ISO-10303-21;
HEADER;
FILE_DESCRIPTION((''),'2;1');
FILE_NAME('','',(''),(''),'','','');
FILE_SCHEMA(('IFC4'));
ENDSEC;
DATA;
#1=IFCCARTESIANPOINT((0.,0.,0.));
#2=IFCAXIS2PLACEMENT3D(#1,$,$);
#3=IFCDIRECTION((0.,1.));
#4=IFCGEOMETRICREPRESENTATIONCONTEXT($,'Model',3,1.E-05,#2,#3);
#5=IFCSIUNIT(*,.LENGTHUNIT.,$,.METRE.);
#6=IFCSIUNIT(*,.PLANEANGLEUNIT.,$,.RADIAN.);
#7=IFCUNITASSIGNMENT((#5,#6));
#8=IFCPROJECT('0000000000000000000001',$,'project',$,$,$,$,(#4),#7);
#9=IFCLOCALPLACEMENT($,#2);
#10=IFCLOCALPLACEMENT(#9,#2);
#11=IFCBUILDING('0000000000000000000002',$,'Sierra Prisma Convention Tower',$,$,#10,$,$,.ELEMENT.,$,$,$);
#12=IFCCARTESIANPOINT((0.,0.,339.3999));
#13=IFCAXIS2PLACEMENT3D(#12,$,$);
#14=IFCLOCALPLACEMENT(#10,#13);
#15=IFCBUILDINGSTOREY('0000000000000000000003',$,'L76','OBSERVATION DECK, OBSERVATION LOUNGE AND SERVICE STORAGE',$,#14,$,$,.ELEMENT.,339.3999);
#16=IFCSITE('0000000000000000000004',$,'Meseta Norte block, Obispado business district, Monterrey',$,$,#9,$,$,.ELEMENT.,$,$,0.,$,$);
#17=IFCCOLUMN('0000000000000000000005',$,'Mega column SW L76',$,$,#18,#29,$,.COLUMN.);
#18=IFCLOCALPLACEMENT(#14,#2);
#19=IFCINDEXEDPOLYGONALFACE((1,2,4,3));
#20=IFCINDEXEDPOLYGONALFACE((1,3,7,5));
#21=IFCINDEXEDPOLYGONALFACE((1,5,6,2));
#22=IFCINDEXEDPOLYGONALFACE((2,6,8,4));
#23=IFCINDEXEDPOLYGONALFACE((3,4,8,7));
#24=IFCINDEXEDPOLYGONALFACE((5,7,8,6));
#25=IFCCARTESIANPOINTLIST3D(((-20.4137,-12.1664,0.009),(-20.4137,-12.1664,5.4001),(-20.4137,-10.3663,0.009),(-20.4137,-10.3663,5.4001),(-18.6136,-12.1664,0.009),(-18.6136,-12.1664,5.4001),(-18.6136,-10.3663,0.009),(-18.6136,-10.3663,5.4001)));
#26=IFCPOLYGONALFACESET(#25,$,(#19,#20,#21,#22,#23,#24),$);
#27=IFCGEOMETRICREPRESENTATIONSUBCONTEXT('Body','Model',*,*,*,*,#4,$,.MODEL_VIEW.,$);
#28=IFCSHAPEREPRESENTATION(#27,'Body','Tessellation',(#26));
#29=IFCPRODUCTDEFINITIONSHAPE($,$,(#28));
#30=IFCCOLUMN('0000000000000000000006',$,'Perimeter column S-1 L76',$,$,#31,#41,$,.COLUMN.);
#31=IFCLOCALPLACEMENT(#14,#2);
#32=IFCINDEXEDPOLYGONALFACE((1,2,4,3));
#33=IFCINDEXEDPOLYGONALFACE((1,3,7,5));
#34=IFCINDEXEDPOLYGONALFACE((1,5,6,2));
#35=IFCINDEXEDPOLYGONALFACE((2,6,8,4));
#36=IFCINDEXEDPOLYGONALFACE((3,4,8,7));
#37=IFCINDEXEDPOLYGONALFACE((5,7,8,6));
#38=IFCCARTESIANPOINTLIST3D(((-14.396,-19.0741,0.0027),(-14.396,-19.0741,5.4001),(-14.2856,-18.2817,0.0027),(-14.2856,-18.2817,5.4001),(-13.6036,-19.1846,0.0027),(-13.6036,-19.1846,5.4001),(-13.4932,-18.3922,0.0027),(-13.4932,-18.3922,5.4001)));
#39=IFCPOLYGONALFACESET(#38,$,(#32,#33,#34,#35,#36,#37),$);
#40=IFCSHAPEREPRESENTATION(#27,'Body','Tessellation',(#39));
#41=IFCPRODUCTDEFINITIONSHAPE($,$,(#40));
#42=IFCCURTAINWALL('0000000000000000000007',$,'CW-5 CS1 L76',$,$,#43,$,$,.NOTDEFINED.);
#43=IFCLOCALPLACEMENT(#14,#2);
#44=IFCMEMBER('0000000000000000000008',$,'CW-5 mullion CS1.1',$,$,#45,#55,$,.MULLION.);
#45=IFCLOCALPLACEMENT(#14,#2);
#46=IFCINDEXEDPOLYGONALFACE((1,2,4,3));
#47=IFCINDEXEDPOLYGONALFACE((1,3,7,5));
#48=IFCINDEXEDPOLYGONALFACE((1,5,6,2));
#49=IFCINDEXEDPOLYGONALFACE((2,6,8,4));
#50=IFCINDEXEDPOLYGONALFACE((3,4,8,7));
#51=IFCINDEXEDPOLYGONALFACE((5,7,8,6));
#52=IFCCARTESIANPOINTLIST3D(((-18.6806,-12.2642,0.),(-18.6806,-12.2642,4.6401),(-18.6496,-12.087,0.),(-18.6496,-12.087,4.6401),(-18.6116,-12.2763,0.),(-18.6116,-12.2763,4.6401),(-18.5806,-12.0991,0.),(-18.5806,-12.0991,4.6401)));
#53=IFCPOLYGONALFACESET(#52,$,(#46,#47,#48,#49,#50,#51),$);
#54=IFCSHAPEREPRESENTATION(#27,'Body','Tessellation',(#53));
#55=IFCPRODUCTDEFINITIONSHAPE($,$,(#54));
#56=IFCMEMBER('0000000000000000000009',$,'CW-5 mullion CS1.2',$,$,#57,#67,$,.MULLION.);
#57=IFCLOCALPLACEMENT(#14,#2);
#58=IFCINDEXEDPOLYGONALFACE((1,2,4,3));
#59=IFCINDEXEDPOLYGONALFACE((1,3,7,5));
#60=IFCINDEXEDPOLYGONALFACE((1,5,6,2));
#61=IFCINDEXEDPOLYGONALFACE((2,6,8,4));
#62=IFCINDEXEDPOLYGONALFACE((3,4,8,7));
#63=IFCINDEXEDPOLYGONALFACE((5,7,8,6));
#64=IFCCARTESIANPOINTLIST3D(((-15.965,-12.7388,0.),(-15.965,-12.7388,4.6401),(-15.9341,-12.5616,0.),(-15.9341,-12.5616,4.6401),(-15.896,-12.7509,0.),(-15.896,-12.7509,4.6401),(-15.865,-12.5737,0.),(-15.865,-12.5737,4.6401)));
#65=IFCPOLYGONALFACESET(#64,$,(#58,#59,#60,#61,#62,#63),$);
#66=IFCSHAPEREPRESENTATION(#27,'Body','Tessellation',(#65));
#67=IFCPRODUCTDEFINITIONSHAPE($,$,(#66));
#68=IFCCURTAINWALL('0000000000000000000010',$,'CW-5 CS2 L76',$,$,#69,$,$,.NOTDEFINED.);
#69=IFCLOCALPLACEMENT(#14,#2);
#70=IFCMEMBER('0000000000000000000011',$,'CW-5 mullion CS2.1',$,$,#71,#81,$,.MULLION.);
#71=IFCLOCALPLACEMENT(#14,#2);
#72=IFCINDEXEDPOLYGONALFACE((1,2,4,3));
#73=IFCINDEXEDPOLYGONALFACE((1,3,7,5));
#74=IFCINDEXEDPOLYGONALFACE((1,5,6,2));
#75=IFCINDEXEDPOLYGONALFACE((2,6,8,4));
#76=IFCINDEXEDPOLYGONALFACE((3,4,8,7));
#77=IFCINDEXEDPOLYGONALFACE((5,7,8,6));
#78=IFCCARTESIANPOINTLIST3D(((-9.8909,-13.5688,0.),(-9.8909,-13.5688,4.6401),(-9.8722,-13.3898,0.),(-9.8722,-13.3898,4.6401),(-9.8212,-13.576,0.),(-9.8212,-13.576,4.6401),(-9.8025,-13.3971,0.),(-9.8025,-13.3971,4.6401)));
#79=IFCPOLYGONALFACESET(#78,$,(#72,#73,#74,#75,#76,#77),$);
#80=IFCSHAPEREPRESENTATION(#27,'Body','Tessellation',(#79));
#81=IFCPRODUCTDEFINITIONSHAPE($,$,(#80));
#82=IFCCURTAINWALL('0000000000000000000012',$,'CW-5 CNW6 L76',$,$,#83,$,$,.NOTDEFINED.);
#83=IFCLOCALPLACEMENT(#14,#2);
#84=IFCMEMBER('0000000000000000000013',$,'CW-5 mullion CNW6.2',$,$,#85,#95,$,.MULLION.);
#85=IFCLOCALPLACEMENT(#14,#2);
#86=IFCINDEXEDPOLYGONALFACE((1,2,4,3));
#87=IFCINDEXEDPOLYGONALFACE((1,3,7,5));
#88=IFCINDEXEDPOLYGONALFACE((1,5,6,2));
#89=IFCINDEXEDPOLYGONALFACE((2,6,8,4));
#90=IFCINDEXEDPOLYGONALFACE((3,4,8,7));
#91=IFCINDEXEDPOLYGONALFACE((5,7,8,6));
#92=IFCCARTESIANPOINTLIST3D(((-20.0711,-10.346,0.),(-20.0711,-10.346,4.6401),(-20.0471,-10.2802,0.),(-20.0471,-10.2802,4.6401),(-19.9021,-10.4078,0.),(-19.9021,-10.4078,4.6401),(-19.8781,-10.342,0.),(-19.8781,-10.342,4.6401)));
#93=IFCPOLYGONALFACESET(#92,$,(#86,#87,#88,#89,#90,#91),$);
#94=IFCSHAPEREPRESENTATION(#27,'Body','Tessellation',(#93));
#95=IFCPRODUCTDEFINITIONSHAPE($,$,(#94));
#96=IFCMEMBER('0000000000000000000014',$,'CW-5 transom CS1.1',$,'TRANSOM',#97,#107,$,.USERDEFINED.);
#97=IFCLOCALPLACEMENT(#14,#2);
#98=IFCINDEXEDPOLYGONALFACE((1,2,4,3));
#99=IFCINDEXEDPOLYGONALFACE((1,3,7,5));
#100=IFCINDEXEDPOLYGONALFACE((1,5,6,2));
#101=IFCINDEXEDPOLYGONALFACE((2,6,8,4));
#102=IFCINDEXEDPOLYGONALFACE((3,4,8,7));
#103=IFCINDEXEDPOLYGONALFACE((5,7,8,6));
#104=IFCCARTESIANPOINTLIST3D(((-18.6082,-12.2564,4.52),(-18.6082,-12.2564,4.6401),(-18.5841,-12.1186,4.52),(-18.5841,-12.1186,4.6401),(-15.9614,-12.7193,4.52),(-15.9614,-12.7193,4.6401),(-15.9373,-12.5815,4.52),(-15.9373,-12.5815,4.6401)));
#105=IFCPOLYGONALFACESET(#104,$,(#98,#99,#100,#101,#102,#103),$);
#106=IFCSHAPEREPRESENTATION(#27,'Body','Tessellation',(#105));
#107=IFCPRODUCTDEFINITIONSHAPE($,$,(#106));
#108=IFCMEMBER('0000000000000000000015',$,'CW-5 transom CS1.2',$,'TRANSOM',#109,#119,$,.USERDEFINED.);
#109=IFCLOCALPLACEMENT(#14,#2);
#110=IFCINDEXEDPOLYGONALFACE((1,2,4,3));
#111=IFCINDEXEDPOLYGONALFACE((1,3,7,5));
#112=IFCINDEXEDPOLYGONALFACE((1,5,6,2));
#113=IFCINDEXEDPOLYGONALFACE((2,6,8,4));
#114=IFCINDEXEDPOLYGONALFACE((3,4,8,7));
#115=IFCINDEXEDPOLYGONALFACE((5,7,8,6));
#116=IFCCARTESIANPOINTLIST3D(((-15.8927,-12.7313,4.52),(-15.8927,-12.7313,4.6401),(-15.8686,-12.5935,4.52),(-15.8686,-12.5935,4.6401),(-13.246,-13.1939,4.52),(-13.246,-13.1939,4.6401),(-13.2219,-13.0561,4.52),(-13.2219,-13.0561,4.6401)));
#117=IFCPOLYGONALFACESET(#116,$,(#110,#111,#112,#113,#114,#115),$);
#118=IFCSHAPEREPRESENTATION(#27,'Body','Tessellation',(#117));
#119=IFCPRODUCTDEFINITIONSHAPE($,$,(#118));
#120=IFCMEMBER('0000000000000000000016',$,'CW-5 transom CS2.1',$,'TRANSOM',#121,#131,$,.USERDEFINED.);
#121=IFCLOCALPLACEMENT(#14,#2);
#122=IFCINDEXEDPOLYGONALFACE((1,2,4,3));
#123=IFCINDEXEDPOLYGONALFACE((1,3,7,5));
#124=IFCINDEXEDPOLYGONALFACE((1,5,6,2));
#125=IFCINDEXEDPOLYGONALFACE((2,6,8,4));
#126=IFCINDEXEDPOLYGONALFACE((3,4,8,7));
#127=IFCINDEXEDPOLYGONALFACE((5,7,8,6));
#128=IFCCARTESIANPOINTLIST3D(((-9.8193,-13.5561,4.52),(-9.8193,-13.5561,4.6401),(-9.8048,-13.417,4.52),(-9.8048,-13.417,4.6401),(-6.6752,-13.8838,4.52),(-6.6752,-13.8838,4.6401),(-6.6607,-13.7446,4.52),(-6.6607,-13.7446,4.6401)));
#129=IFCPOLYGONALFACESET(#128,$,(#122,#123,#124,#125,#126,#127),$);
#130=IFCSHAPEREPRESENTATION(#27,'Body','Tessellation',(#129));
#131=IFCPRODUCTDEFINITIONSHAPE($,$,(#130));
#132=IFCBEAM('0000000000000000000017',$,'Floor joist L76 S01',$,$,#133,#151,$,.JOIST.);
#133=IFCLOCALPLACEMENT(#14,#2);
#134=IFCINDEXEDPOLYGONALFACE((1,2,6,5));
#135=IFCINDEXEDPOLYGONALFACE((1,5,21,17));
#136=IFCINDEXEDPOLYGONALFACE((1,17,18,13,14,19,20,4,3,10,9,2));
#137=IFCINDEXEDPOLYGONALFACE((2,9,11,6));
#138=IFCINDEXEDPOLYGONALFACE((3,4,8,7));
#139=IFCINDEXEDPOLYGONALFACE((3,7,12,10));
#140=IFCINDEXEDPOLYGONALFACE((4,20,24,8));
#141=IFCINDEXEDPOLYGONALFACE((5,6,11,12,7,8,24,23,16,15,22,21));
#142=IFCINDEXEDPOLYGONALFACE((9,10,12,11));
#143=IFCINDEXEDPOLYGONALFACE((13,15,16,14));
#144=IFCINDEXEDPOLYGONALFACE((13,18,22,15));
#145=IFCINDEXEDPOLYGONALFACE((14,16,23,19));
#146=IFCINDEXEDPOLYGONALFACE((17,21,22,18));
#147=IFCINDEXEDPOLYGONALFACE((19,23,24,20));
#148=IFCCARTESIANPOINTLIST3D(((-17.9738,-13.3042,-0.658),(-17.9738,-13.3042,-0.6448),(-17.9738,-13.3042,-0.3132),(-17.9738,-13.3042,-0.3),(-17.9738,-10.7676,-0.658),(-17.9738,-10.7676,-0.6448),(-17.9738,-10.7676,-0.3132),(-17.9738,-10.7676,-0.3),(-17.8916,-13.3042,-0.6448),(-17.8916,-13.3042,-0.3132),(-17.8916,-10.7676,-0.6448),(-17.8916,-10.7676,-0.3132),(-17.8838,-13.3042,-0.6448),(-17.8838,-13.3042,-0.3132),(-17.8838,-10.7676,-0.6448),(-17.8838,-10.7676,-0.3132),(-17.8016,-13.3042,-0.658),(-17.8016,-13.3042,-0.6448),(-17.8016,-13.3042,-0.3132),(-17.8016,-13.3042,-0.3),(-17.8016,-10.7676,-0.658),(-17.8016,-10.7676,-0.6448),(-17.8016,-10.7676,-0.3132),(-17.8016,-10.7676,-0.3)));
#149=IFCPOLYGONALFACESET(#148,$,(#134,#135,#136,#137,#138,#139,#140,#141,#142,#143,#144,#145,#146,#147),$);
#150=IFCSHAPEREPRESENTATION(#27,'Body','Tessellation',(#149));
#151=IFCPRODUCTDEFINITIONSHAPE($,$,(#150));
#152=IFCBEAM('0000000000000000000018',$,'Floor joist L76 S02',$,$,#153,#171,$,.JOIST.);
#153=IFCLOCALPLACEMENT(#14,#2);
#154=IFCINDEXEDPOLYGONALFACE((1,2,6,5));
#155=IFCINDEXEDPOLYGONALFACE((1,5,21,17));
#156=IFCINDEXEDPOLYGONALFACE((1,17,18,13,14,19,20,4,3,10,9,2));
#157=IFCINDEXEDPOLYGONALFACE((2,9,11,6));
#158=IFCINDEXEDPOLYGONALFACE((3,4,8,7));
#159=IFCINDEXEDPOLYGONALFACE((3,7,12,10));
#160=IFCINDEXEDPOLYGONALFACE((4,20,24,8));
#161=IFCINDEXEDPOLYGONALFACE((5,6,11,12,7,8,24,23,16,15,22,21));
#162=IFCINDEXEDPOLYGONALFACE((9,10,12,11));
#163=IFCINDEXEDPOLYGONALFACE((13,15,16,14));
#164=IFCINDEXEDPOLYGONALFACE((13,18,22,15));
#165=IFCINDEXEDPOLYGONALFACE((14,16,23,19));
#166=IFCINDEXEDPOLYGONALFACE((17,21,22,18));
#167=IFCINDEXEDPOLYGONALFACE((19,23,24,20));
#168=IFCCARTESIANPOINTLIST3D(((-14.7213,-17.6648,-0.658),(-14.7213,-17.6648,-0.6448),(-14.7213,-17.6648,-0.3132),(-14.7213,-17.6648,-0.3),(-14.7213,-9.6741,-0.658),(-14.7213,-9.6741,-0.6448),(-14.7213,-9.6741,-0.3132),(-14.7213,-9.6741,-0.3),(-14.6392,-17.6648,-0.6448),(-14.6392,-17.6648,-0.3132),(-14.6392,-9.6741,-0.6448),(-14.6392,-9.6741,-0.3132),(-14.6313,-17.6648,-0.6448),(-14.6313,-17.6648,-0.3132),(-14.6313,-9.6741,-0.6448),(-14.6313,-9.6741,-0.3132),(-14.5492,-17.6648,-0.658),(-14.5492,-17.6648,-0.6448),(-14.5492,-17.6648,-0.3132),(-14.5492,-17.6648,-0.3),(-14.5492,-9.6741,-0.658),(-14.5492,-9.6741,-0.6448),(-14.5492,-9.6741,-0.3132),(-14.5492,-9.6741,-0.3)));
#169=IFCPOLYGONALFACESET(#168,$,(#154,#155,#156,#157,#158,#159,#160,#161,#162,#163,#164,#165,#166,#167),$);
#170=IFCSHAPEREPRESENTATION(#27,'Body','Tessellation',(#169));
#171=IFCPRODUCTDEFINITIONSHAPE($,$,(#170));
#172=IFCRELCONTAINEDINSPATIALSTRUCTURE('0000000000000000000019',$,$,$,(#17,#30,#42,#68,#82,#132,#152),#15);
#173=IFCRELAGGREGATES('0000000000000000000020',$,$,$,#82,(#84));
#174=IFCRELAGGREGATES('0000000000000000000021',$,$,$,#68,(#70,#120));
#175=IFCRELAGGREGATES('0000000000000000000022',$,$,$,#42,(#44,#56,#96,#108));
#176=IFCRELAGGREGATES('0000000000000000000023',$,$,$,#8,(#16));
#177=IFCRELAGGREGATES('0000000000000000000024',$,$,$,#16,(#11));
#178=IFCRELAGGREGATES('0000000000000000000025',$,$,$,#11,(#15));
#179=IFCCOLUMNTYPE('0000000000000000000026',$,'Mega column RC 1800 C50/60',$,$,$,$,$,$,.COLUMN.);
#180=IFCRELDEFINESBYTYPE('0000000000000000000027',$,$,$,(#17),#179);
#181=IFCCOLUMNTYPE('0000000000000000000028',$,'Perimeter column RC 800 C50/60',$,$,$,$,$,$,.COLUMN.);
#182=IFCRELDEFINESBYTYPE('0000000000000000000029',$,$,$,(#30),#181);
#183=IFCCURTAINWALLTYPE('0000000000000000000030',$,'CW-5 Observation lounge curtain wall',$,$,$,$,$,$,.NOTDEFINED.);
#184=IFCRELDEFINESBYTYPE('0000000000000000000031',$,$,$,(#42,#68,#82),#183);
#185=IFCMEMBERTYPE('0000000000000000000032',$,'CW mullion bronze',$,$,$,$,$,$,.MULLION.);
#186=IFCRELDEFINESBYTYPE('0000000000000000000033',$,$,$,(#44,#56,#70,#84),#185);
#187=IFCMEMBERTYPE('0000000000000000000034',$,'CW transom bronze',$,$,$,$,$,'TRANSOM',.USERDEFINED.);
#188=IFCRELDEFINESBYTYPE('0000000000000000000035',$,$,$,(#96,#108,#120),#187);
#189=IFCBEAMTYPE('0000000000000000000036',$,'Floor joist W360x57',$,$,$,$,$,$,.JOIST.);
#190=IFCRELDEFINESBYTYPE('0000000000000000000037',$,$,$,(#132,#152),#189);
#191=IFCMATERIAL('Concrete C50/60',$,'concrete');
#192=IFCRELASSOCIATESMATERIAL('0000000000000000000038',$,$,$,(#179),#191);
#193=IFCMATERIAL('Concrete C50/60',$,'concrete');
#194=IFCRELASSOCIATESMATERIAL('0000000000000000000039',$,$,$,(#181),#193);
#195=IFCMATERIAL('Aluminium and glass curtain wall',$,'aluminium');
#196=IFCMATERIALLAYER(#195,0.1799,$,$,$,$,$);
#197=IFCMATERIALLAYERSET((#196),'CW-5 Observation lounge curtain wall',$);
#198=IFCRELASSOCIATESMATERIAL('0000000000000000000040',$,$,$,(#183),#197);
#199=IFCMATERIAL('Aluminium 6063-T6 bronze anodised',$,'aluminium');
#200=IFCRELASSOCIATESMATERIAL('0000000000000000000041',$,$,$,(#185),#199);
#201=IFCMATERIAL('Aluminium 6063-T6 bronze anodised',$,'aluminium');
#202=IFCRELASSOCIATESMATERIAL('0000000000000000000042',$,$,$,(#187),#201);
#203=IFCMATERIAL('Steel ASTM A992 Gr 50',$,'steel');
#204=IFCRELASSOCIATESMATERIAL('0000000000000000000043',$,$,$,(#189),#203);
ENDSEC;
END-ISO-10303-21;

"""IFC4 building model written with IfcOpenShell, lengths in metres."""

from ifc_helpers import new_model, si_unit, direction, frame, origin, origin_2d, place, context, subcontext, project, spatial, rectangle, i_section, extrude, clip, halfspace, material, layer, layer_set, material_profile, profile_set, type_object, element, aggregate, save


model = new_model("IFC4")

# Units and contexts
model_context = context("Model", 3, precision=1e-05, world=origin(), true_north=direction((0.0, 1.0)))
body_context = subcontext(model_context, "Body", "Model", "MODEL_VIEW")
ifc_project = project(units=[si_unit("LENGTHUNIT", "METRE"), si_unit("PLANEANGLEUNIT", "RADIAN")], contexts=[model_context])

# Site, building, storey
site_placement = place(None, origin())
site = spatial("IfcSite", under=ifc_project, at=site_placement, Name="Meseta Norte block, Obispado business district, Monterrey", CompositionType="ELEMENT", RefElevation=0.0)
building_placement = place(site_placement, origin())
building = spatial("IfcBuilding", under=site, at=building_placement, Name="Sierra Prisma Convention Tower", CompositionType="ELEMENT")
storey_placement = place(building_placement, frame((0.0, 0.0, 339.3999)))
storey = spatial("IfcBuildingStorey", under=building, at=storey_placement, Name="L76", Description="OBSERVATION DECK, OBSERVATION LOUNGE AND SERVICE STORAGE", CompositionType="ELEMENT", Elevation=339.3999)

# Columns
ifc_material_1 = material(Name="Concrete C50/60", Category="concrete")
ifc_material_profile_1 = material_profile(ifc_material_1, rectangle(XDim=1.8, YDim=1.8, at=origin_2d()), Name="Mega column RC 1800 C50/60")
ifc_profile_set_1 = profile_set([ifc_material_profile_1], Name="Concrete C50/60")
column_type_1 = type_object("IfcColumnType", Name="Mega column RC 1800 C50/60", PredefinedType="COLUMN", material=ifc_profile_set_1)
column_1_placement = place(storey_placement, frame((-19.5137, -11.2664, 0.0), z_axis=(0.0, 0.0, 1.0), x_axis=(1.0, 0.0, 0.0)))
element("IfcColumn", 1, at=column_1_placement, inside=storey, type_object=column_type_1, Name="Mega column SW L76", PredefinedType="COLUMN", context=body_context, shape_type="SweptSolid", body=[
    clip(extrude(rectangle(XDim=1.8, YDim=1.8, at=origin_2d()), origin(), (0.0, 0.0, 1.0), 5.4001), halfspace(frame((0.0, 0.0, 0.009)), True)),
])
ifc_material_2 = material(Name="Concrete C50/60", Category="concrete")
ifc_material_profile_2 = material_profile(ifc_material_2, rectangle(XDim=0.8, YDim=0.8, at=origin_2d()), Name="Perimeter column RC 800 C50/60")
ifc_profile_set_2 = profile_set([ifc_material_profile_2], Name="Concrete C50/60")
column_type_2 = type_object("IfcColumnType", Name="Perimeter column RC 800 C50/60", PredefinedType="COLUMN", material=ifc_profile_set_2)
column_2_placement = place(storey_placement, frame((-13.9446, -18.7332, 0.0), z_axis=(0.0, 0.0, 1.0), x_axis=(-0.990429, 0.13802, 0.0)))
element("IfcColumn", 2, at=column_2_placement, inside=storey, type_object=column_type_2, Name="Perimeter column S-1 L76", PredefinedType="COLUMN", context=body_context, shape_type="SweptSolid", body=[
    clip(extrude(rectangle(XDim=0.8, YDim=0.8, at=origin_2d()), origin(), (0.0, 0.0, 1.0), 5.4001), halfspace(frame((0.0, 0.0, 0.0027)), True)),
])

# Curtain wall, members
ifc_material_3 = material(Name="Aluminium and glass curtain wall", Category="aluminium")
ifc_layer_1 = layer(ifc_material_3, 0.1799)
ifc_layer_set_1 = layer_set([ifc_layer_1], Name="CW-5 Observation lounge curtain wall")
curtain_wall_type = type_object("IfcCurtainWallType", Name="CW-5 Observation lounge curtain wall", PredefinedType="NOTDEFINED", material=ifc_layer_set_1)
curtain_wall_1_placement = place(storey_placement, origin())
curtain_wall_1 = element("IfcCurtainWall", 3, at=curtain_wall_1_placement, inside=storey, type_object=curtain_wall_type, Name="CW-5 CS1 L76", PredefinedType="NOTDEFINED")
ifc_material_4 = material(Name="Aluminium 6063-T6 bronze anodised", Category="aluminium")
ifc_material_profile_3 = material_profile(ifc_material_4, rectangle(XDim=0.1799, YDim=0.0701, at=origin_2d()), Name="ALU MULLION 70x180")
ifc_profile_set_3 = profile_set([ifc_material_profile_3], Name="Aluminium 6063-T6 bronze anodised")
member_type_1 = type_object("IfcMemberType", Name="CW mullion bronze", PredefinedType="MULLION", material=ifc_profile_set_3)
member_1_placement = place(storey_placement, frame((-18.6306, -12.1816, 0.0), z_axis=(0.0, 0.0, 1.0), x_axis=(0.172214, 0.98506, 0.0)))
member_1 = element("IfcMember", 4, at=member_1_placement, type_object=member_type_1, Name="CW-5 mullion CS1.1", PredefinedType="MULLION", context=body_context, shape_type="SweptSolid", body=[
    extrude(rectangle(XDim=0.1799, YDim=0.0701, at=origin_2d()), origin(), (0.0, 0.0, 1.0), 4.6401),
])
member_2_placement = place(storey_placement, frame((-15.915, -12.6562, 0.0), z_axis=(0.0, 0.0, 1.0), x_axis=(0.172214, 0.98506, 0.0)))
member_2 = element("IfcMember", 5, at=member_2_placement, type_object=member_type_1, Name="CW-5 mullion CS1.2", PredefinedType="MULLION", context=body_context, shape_type="SweptSolid", body=[
    extrude(rectangle(XDim=0.1799, YDim=0.0701, at=origin_2d()), origin(), (0.0, 0.0, 1.0), 4.6401),
])

# Curtain walls, members
curtain_wall_2_placement = place(storey_placement, origin())
curtain_wall_2 = element("IfcCurtainWall", 6, at=curtain_wall_2_placement, inside=storey, type_object=curtain_wall_type, Name="CW-5 CS2 L76", PredefinedType="NOTDEFINED")
member_3_placement = place(storey_placement, frame((-9.8467, -13.4829, 0.0), z_axis=(0.0, 0.0, 1.0), x_axis=(0.10366, 0.994613, 0.0)))
member_3 = element("IfcMember", 7, at=member_3_placement, type_object=member_type_1, Name="CW-5 mullion CS2.1", PredefinedType="MULLION", context=body_context, shape_type="SweptSolid", body=[
    extrude(rectangle(XDim=0.1799, YDim=0.0701, at=origin_2d()), origin(), (0.0, 0.0, 1.0), 4.6401),
])
curtain_wall_3_placement = place(storey_placement, origin())
curtain_wall_3 = element("IfcCurtainWall", 8, at=curtain_wall_3_placement, inside=storey, type_object=curtain_wall_type, Name="CW-5 CNW6 L76", PredefinedType="NOTDEFINED")
member_4_placement = place(storey_placement, frame((-19.9746, -10.344, 0.0), z_axis=(0.0, 0.0, 1.0), x_axis=(0.939194, -0.343388, 0.0)))
member_4 = element("IfcMember", 9, at=member_4_placement, type_object=member_type_1, Name="CW-5 mullion CNW6.2", PredefinedType="MULLION", context=body_context, shape_type="SweptSolid", body=[
    extrude(rectangle(XDim=0.1799, YDim=0.0701, at=origin_2d()), origin(), (0.0, 0.0, 1.0), 4.6401),
])
aggregate(curtain_wall_3, [member_4])

# Members
ifc_material_5 = material(Name="Aluminium 6063-T6 bronze anodised", Category="aluminium")
ifc_material_profile_4 = material_profile(ifc_material_5, rectangle(XDim=0.1399, YDim=0.1201, at=origin_2d()), Name="ALU TRANSOM 120x140")
ifc_profile_set_4 = profile_set([ifc_material_profile_4], Name="Aluminium 6063-T6 bronze anodised")
member_type_2 = type_object("IfcMemberType", Name="CW transom bronze", ElementType="TRANSOM", PredefinedType="USERDEFINED", material=ifc_profile_set_4)
member_5_placement = place(storey_placement, frame((-18.5962, -12.1875, 4.5801), z_axis=(0.985049, -0.172277, 0.0), x_axis=(0.172277, 0.985049, 0.0)))
member_5 = element("IfcMember", 10, at=member_5_placement, type_object=member_type_2, Name="CW-5 transom CS1.1", ObjectType="TRANSOM", PredefinedType="USERDEFINED", context=body_context, shape_type="SweptSolid", body=[
    extrude(rectangle(XDim=0.1399, YDim=0.1201, at=origin_2d()), origin(), (0.0, 0.0, 1.0), 2.687),
])
member_6_placement = place(storey_placement, frame((-15.8806, -12.6624, 4.5801), z_axis=(0.985064, -0.172189, 0.0), x_axis=(0.172189, 0.985064, 0.0)))
member_6 = element("IfcMember", 11, at=member_6_placement, type_object=member_type_2, Name="CW-5 transom CS1.2", ObjectType="TRANSOM", PredefinedType="USERDEFINED", context=body_context, shape_type="SweptSolid", body=[
    extrude(rectangle(XDim=0.1399, YDim=0.1201, at=origin_2d()), origin(), (0.0, 0.0, 1.0), 2.6868),
])
member_7_placement = place(storey_placement, frame((-9.812, -13.4866, 4.5801), z_axis=(0.994614, -0.103647, 0.0), x_axis=(0.103647, 0.994614, 0.0)))
member_7 = element("IfcMember", 12, at=member_7_placement, type_object=member_type_2, Name="CW-5 transom CS2.1", ObjectType="TRANSOM", PredefinedType="USERDEFINED", context=body_context, shape_type="SweptSolid", body=[
    extrude(rectangle(XDim=0.1399, YDim=0.1201, at=origin_2d()), origin(), (0.0, 0.0, 1.0), 3.1611),
])
aggregate(curtain_wall_2, [member_3, member_7])

# Beams
ifc_material_6 = material(Name="Steel ASTM A992 Gr 50", Category="steel")
ifc_material_profile_5 = material_profile(ifc_material_6, i_section(OverallWidth=0.1721, OverallDepth=0.3579, WebThickness=0.0078, FlangeThickness=0.0132, at=origin_2d()), Name="W360x57")
ifc_profile_set_5 = profile_set([ifc_material_profile_5], Name="Steel ASTM A992 Gr 50")
beam_type_1 = type_object("IfcBeamType", Name="Floor joist W360x57", PredefinedType="JOIST", material=ifc_profile_set_5)
beam_1_placement = place(storey_placement, frame((-17.8877, -13.3042, -0.479), z_axis=(0.0, 1.0, 0.0), x_axis=(-1.0, 0.0, 0.0)))
element("IfcBeam", 13, at=beam_1_placement, inside=storey, type_object=beam_type_1, Name="Floor joist L76 S01", PredefinedType="JOIST", context=body_context, shape_type="SweptSolid", body=[
    extrude(i_section(OverallWidth=0.1721, OverallDepth=0.3579, WebThickness=0.0078, FlangeThickness=0.0132, at=origin_2d()), origin(), (0.0, 0.0, 1.0), 2.5366),
])
beam_2_placement = place(storey_placement, frame((-14.6353, -17.6648, -0.479), z_axis=(0.0, 1.0, 0.0), x_axis=(-1.0, 0.0, 0.0)))
element("IfcBeam", 14, at=beam_2_placement, inside=storey, type_object=beam_type_1, Name="Floor joist L76 S02", PredefinedType="JOIST", context=body_context, shape_type="SweptSolid", body=[
    extrude(i_section(OverallWidth=0.1721, OverallDepth=0.3579, WebThickness=0.0078, FlangeThickness=0.0132, at=origin_2d()), origin(), (0.0, 0.0, 1.0), 7.9907),
])

aggregate(curtain_wall_1, [member_1, member_2, member_5, member_6])

save(model, "model.ifc")
